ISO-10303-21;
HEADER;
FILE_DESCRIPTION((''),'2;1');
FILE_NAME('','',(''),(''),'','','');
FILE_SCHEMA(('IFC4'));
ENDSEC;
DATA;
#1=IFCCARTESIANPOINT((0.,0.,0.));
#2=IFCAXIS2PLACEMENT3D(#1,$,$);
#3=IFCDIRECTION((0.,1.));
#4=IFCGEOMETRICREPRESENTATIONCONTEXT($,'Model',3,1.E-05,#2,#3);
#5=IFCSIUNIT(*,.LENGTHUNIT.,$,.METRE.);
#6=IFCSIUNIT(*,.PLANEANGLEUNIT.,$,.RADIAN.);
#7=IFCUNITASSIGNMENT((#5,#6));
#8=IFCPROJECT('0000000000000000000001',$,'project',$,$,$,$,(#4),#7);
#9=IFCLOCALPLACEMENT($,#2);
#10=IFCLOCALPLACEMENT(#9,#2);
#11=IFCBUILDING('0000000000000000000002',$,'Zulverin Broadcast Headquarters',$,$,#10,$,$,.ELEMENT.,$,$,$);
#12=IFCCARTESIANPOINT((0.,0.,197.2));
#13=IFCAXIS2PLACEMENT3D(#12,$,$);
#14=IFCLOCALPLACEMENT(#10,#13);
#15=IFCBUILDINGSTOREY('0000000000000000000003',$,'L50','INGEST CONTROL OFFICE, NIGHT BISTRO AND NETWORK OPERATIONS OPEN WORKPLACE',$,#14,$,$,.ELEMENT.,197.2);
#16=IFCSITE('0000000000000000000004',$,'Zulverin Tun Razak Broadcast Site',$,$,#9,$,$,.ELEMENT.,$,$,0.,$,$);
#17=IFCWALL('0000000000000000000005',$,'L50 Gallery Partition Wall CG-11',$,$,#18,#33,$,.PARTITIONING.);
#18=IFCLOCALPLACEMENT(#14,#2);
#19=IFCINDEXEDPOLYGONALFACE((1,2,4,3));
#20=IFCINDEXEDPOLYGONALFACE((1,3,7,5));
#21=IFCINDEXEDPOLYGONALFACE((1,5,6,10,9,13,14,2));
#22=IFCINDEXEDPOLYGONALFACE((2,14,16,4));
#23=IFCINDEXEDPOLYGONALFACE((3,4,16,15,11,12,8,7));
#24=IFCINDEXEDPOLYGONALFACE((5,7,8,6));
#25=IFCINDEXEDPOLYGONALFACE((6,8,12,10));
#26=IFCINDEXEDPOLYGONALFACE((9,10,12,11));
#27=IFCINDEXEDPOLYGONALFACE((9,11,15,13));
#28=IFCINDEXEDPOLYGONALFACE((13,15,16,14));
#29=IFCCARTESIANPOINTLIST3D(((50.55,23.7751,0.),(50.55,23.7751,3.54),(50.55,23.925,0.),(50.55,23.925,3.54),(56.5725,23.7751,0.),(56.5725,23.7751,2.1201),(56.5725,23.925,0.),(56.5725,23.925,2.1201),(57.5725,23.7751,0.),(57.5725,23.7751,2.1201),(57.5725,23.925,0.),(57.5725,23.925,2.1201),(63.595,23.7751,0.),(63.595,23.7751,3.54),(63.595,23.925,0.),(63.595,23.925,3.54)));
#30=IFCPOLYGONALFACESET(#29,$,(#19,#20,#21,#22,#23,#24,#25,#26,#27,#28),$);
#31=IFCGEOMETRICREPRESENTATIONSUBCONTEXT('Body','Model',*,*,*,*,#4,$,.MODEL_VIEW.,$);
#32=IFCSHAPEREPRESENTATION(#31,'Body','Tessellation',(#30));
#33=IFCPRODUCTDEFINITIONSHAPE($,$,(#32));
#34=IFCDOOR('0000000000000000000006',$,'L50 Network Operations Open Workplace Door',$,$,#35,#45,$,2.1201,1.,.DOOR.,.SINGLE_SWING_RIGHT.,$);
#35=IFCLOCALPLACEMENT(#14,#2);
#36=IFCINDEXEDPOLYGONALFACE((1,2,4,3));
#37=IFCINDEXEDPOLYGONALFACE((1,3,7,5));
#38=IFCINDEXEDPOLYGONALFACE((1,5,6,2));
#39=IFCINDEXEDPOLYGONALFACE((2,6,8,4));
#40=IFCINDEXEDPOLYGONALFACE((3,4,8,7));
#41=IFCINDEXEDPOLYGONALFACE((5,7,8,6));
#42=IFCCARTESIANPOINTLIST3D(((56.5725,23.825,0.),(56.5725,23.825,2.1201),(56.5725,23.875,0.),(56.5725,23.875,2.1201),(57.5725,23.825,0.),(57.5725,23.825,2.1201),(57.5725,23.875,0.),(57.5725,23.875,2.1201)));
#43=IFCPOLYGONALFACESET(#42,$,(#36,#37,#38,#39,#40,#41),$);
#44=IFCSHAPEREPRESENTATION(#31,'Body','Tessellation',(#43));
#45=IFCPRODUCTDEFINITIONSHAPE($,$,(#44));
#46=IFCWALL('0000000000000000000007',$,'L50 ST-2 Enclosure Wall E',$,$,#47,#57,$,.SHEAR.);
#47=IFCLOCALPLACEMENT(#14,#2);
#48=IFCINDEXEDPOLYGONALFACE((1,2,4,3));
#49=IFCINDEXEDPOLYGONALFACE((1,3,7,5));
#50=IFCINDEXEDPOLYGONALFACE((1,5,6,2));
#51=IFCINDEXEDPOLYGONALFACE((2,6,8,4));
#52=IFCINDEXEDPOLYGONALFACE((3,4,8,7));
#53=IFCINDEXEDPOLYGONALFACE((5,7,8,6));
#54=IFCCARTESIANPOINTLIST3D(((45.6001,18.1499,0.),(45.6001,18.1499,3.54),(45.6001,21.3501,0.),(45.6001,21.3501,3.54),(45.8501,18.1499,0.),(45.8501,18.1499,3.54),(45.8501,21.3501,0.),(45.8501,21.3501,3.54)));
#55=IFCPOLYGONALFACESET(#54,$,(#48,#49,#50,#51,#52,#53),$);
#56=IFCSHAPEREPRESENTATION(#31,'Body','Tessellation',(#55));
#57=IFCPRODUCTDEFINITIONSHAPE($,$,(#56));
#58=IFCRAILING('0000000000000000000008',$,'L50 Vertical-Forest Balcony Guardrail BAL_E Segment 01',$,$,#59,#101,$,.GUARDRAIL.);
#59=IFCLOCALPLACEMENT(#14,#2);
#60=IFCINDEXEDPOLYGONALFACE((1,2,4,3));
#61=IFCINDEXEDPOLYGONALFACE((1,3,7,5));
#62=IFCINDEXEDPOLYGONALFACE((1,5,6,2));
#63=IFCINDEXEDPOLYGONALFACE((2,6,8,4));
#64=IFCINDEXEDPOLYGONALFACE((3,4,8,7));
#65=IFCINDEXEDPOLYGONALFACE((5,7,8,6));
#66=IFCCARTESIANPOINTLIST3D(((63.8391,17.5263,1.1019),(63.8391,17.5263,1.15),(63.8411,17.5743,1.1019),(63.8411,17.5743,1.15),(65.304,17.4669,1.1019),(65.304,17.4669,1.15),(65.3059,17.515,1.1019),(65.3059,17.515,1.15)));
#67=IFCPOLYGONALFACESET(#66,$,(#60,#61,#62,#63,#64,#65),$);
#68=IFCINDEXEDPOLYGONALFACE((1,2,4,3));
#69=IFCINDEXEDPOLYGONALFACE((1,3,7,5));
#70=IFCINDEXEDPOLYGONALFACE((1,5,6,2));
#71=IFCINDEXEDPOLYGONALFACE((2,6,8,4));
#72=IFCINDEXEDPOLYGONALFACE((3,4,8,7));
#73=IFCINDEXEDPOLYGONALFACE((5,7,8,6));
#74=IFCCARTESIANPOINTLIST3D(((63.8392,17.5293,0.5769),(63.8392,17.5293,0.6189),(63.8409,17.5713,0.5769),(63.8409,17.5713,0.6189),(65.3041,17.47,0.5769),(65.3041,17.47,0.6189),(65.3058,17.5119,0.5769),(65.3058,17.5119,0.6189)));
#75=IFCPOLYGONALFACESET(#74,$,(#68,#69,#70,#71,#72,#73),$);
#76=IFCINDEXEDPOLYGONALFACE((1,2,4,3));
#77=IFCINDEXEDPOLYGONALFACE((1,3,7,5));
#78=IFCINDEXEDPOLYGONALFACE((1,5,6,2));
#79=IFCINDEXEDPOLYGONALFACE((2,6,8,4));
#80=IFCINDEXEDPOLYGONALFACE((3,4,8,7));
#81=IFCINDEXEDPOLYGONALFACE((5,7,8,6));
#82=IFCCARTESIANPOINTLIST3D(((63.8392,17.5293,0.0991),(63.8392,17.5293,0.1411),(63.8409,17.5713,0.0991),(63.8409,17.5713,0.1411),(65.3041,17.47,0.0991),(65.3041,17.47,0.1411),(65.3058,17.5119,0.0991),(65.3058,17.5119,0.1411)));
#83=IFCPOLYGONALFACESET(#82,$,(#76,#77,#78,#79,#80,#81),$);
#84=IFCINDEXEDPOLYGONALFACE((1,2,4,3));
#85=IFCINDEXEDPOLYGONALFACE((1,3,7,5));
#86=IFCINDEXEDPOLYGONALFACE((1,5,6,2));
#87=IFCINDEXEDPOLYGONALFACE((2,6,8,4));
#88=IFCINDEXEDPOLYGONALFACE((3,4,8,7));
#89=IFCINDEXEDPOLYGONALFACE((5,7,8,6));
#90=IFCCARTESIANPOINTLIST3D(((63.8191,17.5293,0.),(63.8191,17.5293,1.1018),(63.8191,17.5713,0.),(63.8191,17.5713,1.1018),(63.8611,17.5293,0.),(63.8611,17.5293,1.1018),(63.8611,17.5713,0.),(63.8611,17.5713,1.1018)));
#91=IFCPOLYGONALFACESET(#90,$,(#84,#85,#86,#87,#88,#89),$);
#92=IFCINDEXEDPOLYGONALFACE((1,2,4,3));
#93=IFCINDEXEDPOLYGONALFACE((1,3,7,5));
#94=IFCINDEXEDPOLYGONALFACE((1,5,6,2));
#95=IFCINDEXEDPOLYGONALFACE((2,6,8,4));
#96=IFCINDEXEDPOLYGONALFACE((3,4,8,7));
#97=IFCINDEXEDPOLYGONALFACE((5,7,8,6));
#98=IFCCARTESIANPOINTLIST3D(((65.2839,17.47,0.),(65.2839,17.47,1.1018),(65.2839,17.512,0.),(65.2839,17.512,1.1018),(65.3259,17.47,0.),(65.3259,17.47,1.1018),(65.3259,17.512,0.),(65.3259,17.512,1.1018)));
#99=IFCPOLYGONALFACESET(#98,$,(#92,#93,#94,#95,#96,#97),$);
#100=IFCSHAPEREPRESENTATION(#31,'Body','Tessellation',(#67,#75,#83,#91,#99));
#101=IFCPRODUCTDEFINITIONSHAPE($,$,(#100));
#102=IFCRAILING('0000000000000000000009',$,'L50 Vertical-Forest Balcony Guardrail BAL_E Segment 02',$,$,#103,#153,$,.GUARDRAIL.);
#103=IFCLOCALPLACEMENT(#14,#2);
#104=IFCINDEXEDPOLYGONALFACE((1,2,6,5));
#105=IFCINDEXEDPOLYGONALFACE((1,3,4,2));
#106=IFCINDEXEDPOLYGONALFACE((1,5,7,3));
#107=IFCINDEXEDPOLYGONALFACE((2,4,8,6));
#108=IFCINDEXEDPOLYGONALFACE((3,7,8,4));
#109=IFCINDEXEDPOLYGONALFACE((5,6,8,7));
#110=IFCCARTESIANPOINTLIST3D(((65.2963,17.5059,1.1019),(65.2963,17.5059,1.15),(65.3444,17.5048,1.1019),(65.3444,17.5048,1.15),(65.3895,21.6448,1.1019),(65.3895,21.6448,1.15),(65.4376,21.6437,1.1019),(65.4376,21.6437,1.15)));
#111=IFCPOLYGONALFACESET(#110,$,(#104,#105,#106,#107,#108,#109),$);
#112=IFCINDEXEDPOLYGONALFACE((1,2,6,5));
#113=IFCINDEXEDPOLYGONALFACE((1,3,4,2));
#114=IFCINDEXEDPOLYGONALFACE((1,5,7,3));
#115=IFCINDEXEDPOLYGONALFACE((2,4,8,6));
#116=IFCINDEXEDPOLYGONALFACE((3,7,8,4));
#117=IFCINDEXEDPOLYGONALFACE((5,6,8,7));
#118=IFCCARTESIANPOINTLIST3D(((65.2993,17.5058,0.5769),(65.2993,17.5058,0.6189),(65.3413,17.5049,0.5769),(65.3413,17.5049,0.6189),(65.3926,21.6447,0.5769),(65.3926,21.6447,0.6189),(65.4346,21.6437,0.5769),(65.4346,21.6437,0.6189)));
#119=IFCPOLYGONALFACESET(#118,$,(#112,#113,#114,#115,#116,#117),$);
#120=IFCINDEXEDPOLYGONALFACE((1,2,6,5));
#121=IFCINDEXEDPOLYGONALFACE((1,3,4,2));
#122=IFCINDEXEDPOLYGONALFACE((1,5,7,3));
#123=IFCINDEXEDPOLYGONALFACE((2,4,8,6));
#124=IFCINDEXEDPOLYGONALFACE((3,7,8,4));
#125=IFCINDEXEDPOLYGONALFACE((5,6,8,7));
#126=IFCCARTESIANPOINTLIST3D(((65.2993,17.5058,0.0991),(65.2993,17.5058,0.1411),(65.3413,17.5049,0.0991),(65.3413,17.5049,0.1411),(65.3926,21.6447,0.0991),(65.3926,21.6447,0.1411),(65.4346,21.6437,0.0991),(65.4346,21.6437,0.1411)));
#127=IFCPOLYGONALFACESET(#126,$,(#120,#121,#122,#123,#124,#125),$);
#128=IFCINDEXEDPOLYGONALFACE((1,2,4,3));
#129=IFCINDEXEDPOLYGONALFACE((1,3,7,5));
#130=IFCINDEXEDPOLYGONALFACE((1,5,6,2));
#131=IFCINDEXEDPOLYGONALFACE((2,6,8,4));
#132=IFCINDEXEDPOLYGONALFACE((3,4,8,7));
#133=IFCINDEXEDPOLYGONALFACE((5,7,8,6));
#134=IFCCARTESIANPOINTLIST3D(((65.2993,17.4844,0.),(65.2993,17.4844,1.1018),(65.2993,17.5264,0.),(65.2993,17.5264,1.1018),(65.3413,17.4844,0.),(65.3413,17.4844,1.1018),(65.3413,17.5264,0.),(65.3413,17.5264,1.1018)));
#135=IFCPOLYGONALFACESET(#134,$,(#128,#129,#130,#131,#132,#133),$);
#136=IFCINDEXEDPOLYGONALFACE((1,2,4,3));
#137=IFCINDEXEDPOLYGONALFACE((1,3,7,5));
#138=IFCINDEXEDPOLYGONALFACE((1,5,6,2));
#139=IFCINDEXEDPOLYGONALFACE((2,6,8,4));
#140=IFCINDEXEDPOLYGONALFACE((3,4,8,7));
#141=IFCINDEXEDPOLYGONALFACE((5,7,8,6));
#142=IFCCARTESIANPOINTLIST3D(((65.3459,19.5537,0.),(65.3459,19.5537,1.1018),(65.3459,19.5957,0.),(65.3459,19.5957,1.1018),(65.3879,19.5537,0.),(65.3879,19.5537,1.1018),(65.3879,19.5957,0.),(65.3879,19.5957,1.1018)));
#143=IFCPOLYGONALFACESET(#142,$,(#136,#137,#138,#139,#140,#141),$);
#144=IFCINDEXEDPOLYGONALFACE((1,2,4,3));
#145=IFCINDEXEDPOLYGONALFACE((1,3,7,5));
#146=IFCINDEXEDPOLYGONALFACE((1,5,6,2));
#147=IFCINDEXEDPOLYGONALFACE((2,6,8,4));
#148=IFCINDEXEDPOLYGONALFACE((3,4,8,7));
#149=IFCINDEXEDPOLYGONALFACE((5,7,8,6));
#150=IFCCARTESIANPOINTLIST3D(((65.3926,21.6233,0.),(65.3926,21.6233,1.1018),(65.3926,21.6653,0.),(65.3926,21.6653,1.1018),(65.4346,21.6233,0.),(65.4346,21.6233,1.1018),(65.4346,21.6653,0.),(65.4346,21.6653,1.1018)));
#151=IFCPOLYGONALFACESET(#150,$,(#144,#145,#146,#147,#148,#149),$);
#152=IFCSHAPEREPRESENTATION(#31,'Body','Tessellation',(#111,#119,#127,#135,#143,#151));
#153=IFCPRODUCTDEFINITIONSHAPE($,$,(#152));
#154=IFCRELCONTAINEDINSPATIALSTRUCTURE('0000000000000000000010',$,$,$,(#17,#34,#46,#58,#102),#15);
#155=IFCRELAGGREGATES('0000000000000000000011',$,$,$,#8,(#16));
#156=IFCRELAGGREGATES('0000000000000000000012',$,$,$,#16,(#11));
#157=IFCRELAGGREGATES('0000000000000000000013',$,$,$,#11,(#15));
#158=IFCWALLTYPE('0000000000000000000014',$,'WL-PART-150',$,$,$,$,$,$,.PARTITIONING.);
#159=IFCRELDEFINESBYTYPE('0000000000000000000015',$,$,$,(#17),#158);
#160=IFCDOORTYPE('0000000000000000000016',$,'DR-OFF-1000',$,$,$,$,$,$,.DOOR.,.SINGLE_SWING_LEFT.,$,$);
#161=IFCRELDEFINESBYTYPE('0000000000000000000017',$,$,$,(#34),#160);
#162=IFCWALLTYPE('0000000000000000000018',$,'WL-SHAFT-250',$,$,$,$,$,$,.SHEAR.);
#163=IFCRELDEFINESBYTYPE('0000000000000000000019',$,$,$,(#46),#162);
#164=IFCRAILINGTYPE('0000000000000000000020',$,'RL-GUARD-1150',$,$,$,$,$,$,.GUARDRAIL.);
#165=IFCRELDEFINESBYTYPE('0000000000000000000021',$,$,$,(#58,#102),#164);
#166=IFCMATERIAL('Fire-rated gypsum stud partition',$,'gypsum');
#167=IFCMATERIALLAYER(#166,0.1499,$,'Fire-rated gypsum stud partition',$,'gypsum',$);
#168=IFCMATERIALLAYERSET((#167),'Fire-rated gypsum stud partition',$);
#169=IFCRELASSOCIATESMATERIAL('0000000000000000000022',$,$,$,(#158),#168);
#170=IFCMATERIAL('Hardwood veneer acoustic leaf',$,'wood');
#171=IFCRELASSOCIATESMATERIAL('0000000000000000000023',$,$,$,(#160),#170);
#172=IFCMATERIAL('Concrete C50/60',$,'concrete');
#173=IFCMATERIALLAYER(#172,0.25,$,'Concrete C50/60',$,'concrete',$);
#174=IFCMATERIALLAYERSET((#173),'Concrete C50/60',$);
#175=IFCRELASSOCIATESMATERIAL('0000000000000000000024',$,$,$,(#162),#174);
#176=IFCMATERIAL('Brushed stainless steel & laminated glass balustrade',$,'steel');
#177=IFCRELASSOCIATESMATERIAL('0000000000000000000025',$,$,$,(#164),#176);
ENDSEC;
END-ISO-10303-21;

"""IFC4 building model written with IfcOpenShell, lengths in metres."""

from ifc_helpers import new_model, si_unit, direction, frame, frame_2d, origin, origin_2d, place, context, subcontext, project, spatial, rectangle, extrude, material, layer, layer_set, type_object, element, fill, save


model = new_model("IFC4")

# Units and contexts
model_context = context("Model", 3, precision=1e-05, world=origin(), true_north=direction((0.0, 1.0)))
body_context = subcontext(model_context, "Body", "Model", "MODEL_VIEW")
ifc_project = project(units=[si_unit("LENGTHUNIT", "METRE"), si_unit("PLANEANGLEUNIT", "RADIAN")], contexts=[model_context])

# Site, building, storey
site_placement = place(None, origin())
site = spatial("IfcSite", under=ifc_project, at=site_placement, Name="Zulverin Tun Razak Broadcast Site", CompositionType="ELEMENT", RefElevation=0.0)
building_placement = place(site_placement, origin())
building = spatial("IfcBuilding", under=site, at=building_placement, Name="Zulverin Broadcast Headquarters", CompositionType="ELEMENT")
storey_placement = place(building_placement, frame((0.0, 0.0, 197.2)))
storey = spatial("IfcBuildingStorey", under=building, at=storey_placement, Name="L50", Description="INGEST CONTROL OFFICE, NIGHT BISTRO AND NETWORK OPERATIONS OPEN WORKPLACE", CompositionType="ELEMENT", Elevation=197.2)

# Shared definitions
ifc_material_1 = material(Name="Concrete C50/60", Category="concrete")

# Wall, opening, door
ifc_material_2 = material(Name="Fire-rated gypsum stud partition", Category="gypsum")
ifc_layer_1 = layer(ifc_material_2, 0.1499, Name="Fire-rated gypsum stud partition", Category="gypsum")
ifc_layer_set_1 = layer_set([ifc_layer_1], Name="Fire-rated gypsum stud partition")
wall_type_1 = type_object("IfcWallType", Name="WL-PART-150", PredefinedType="PARTITIONING", material=ifc_layer_set_1)
wall_1_placement = place(storey_placement, frame((50.55, 23.8501, 0.0), z_axis=(0.0, 0.0, 1.0), x_axis=(1.0, 0.0, 0.0)))
wall_1 = element("IfcWall", 1, at=wall_1_placement, inside=storey, type_object=wall_type_1, Name="L50 Gallery Partition Wall CG-11", PredefinedType="PARTITIONING", context=body_context, shape_type="SweptSolid", body=[
    extrude(rectangle(XDim=13.0449, YDim=0.1499, at=frame_2d((6.5225, 0.0))), origin(), (0.0, 0.0, 1.0), 3.54),
])
opening_1_placement = place(wall_1_placement, frame((6.0225, 0.0, 0.0)))
opening_1 = element("IfcOpeningElement", 2, at=opening_1_placement, cuts=wall_1, PredefinedType="OPENING", context=body_context, shape_type="SweptSolid", body=[
    extrude(rectangle(XDim=1.0, YDim=2.1201, at=frame_2d((0.5, 1.0601))), frame((0.0, 0.085, 0.0), z_axis=(0.0, -1.0, 0.0), x_axis=(1.0, 0.0, 0.0)), (0.0, 0.0, 1.0), 0.1699),
])
ifc_material_3 = material(Name="Hardwood veneer acoustic leaf", Category="wood")
door_type_1 = type_object("IfcDoorType", Name="DR-OFF-1000", OperationType="SINGLE_SWING_LEFT", PredefinedType="DOOR", material=ifc_material_3)
door_1_placement = place(opening_1_placement, origin())
door_1 = element("IfcDoor", 3, at=door_1_placement, inside=storey, type_object=door_type_1, Name="L50 Network Operations Open Workplace Door", OperationType="SINGLE_SWING_RIGHT", OverallHeight=2.1201, OverallWidth=1.0, PredefinedType="DOOR", context=body_context, shape_type="SweptSolid", body=[
    extrude(rectangle(XDim=1.0, YDim=2.1201, at=frame_2d((0.5, 1.0601))), frame((0.0, 0.0249, 0.0), z_axis=(0.0, -1.0, 0.0), x_axis=(1.0, 0.0, 0.0)), (0.0, 0.0, 1.0), 0.05),
])
fill(opening_1, door_1)

# Wall
ifc_layer_2 = layer(ifc_material_1, 0.25, Name="Concrete C50/60", Category="concrete")
ifc_layer_set_2 = layer_set([ifc_layer_2], Name="Concrete C50/60")
wall_type_2 = type_object("IfcWallType", Name="WL-SHAFT-250", PredefinedType="SHEAR", material=ifc_layer_set_2)
wall_2_placement = place(storey_placement, frame((45.7251, 18.1499, 0.0), z_axis=(0.0, 0.0, 1.0), x_axis=(0.0, 1.0, 0.0)))
element("IfcWall", 4, at=wall_2_placement, inside=storey, type_object=wall_type_2, Name="L50 ST-2 Enclosure Wall E", PredefinedType="SHEAR", context=body_context, shape_type="SweptSolid", body=[
    extrude(rectangle(XDim=3.2002, YDim=0.25, at=frame_2d((1.6001, 0.0))), origin(), (0.0, 0.0, 1.0), 3.54),
])

# Railings
ifc_material_4 = material(Name="Brushed stainless steel & laminated glass balustrade", Category="steel")
railing_type = type_object("IfcRailingType", Name="RL-GUARD-1150", PredefinedType="GUARDRAIL", material=ifc_material_4)
railing_1_placement = place(storey_placement, frame((63.8401, 17.5503, 0.0)))
element("IfcRailing", 5, at=railing_1_placement, inside=storey, type_object=railing_type, Name="L50 Vertical-Forest Balcony Guardrail BAL_E Segment 01", PredefinedType="GUARDRAIL", context=body_context, shape_type="SweptSolid", body=[
    extrude(rectangle(XDim=0.0481, YDim=0.0481, at=origin_2d()), frame((0.0, 0.0, 1.126), z_axis=(0.999181, -0.040467, 0.0), x_axis=(0.040467, 0.999181, 0.0)), (0.0, 0.0, 1.0), 1.4661),
    extrude(rectangle(XDim=0.042, YDim=0.042, at=origin_2d()), frame((0.0, 0.0, 0.5979), z_axis=(0.999181, -0.040467, 0.0), x_axis=(0.040467, 0.999181, 0.0)), (0.0, 0.0, 1.0), 1.4661),
    extrude(rectangle(XDim=0.042, YDim=0.042, at=origin_2d()), frame((0.0, 0.0, 0.1201), z_axis=(0.999181, -0.040467, 0.0), x_axis=(0.040467, 0.999181, 0.0)), (0.0, 0.0, 1.0), 1.4661),
    extrude(rectangle(XDim=0.042, YDim=0.042, at=origin_2d()), origin(), (0.0, 0.0, 1.0), 1.1018),
    extrude(rectangle(XDim=0.042, YDim=0.042, at=origin_2d()), frame((1.4648, -0.0593, 0.0)), (0.0, 0.0, 1.0), 1.1018),
])
railing_2_placement = place(storey_placement, frame((65.3203, 17.5054, 0.0)))
element("IfcRailing", 6, at=railing_2_placement, inside=storey, type_object=railing_type, Name="L50 Vertical-Forest Balcony Guardrail BAL_E Segment 02", PredefinedType="GUARDRAIL", context=body_context, shape_type="SweptSolid", body=[
    extrude(rectangle(XDim=0.0481, YDim=0.0481, at=origin_2d()), frame((0.0, 0.0, 1.126), z_axis=(0.022527, 0.999746, 0.0), x_axis=(-0.999746, 0.022527, 0.0)), (0.0, 0.0, 1.0), 4.1399),
    extrude(rectangle(XDim=0.042, YDim=0.042, at=origin_2d()), frame((0.0, 0.0, 0.5979), z_axis=(0.022527, 0.999746, 0.0), x_axis=(-0.999746, 0.022527, 0.0)), (0.0, 0.0, 1.0), 4.1399),
    extrude(rectangle(XDim=0.042, YDim=0.042, at=origin_2d()), frame((0.0, 0.0, 0.1201), z_axis=(0.022527, 0.999746, 0.0), x_axis=(-0.999746, 0.022527, 0.0)), (0.0, 0.0, 1.0), 4.1399),
    extrude(rectangle(XDim=0.042, YDim=0.042, at=origin_2d()), origin(), (0.0, 0.0, 1.0), 1.1018),
    extrude(rectangle(XDim=0.042, YDim=0.042, at=origin_2d()), frame((0.0466, 2.0693, 0.0)), (0.0, 0.0, 1.0), 1.1018),
    extrude(rectangle(XDim=0.042, YDim=0.042, at=origin_2d()), frame((0.0933, 4.1389, 0.0)), (0.0, 0.0, 1.0), 1.1018),
])

save(model, "model.ifc")
